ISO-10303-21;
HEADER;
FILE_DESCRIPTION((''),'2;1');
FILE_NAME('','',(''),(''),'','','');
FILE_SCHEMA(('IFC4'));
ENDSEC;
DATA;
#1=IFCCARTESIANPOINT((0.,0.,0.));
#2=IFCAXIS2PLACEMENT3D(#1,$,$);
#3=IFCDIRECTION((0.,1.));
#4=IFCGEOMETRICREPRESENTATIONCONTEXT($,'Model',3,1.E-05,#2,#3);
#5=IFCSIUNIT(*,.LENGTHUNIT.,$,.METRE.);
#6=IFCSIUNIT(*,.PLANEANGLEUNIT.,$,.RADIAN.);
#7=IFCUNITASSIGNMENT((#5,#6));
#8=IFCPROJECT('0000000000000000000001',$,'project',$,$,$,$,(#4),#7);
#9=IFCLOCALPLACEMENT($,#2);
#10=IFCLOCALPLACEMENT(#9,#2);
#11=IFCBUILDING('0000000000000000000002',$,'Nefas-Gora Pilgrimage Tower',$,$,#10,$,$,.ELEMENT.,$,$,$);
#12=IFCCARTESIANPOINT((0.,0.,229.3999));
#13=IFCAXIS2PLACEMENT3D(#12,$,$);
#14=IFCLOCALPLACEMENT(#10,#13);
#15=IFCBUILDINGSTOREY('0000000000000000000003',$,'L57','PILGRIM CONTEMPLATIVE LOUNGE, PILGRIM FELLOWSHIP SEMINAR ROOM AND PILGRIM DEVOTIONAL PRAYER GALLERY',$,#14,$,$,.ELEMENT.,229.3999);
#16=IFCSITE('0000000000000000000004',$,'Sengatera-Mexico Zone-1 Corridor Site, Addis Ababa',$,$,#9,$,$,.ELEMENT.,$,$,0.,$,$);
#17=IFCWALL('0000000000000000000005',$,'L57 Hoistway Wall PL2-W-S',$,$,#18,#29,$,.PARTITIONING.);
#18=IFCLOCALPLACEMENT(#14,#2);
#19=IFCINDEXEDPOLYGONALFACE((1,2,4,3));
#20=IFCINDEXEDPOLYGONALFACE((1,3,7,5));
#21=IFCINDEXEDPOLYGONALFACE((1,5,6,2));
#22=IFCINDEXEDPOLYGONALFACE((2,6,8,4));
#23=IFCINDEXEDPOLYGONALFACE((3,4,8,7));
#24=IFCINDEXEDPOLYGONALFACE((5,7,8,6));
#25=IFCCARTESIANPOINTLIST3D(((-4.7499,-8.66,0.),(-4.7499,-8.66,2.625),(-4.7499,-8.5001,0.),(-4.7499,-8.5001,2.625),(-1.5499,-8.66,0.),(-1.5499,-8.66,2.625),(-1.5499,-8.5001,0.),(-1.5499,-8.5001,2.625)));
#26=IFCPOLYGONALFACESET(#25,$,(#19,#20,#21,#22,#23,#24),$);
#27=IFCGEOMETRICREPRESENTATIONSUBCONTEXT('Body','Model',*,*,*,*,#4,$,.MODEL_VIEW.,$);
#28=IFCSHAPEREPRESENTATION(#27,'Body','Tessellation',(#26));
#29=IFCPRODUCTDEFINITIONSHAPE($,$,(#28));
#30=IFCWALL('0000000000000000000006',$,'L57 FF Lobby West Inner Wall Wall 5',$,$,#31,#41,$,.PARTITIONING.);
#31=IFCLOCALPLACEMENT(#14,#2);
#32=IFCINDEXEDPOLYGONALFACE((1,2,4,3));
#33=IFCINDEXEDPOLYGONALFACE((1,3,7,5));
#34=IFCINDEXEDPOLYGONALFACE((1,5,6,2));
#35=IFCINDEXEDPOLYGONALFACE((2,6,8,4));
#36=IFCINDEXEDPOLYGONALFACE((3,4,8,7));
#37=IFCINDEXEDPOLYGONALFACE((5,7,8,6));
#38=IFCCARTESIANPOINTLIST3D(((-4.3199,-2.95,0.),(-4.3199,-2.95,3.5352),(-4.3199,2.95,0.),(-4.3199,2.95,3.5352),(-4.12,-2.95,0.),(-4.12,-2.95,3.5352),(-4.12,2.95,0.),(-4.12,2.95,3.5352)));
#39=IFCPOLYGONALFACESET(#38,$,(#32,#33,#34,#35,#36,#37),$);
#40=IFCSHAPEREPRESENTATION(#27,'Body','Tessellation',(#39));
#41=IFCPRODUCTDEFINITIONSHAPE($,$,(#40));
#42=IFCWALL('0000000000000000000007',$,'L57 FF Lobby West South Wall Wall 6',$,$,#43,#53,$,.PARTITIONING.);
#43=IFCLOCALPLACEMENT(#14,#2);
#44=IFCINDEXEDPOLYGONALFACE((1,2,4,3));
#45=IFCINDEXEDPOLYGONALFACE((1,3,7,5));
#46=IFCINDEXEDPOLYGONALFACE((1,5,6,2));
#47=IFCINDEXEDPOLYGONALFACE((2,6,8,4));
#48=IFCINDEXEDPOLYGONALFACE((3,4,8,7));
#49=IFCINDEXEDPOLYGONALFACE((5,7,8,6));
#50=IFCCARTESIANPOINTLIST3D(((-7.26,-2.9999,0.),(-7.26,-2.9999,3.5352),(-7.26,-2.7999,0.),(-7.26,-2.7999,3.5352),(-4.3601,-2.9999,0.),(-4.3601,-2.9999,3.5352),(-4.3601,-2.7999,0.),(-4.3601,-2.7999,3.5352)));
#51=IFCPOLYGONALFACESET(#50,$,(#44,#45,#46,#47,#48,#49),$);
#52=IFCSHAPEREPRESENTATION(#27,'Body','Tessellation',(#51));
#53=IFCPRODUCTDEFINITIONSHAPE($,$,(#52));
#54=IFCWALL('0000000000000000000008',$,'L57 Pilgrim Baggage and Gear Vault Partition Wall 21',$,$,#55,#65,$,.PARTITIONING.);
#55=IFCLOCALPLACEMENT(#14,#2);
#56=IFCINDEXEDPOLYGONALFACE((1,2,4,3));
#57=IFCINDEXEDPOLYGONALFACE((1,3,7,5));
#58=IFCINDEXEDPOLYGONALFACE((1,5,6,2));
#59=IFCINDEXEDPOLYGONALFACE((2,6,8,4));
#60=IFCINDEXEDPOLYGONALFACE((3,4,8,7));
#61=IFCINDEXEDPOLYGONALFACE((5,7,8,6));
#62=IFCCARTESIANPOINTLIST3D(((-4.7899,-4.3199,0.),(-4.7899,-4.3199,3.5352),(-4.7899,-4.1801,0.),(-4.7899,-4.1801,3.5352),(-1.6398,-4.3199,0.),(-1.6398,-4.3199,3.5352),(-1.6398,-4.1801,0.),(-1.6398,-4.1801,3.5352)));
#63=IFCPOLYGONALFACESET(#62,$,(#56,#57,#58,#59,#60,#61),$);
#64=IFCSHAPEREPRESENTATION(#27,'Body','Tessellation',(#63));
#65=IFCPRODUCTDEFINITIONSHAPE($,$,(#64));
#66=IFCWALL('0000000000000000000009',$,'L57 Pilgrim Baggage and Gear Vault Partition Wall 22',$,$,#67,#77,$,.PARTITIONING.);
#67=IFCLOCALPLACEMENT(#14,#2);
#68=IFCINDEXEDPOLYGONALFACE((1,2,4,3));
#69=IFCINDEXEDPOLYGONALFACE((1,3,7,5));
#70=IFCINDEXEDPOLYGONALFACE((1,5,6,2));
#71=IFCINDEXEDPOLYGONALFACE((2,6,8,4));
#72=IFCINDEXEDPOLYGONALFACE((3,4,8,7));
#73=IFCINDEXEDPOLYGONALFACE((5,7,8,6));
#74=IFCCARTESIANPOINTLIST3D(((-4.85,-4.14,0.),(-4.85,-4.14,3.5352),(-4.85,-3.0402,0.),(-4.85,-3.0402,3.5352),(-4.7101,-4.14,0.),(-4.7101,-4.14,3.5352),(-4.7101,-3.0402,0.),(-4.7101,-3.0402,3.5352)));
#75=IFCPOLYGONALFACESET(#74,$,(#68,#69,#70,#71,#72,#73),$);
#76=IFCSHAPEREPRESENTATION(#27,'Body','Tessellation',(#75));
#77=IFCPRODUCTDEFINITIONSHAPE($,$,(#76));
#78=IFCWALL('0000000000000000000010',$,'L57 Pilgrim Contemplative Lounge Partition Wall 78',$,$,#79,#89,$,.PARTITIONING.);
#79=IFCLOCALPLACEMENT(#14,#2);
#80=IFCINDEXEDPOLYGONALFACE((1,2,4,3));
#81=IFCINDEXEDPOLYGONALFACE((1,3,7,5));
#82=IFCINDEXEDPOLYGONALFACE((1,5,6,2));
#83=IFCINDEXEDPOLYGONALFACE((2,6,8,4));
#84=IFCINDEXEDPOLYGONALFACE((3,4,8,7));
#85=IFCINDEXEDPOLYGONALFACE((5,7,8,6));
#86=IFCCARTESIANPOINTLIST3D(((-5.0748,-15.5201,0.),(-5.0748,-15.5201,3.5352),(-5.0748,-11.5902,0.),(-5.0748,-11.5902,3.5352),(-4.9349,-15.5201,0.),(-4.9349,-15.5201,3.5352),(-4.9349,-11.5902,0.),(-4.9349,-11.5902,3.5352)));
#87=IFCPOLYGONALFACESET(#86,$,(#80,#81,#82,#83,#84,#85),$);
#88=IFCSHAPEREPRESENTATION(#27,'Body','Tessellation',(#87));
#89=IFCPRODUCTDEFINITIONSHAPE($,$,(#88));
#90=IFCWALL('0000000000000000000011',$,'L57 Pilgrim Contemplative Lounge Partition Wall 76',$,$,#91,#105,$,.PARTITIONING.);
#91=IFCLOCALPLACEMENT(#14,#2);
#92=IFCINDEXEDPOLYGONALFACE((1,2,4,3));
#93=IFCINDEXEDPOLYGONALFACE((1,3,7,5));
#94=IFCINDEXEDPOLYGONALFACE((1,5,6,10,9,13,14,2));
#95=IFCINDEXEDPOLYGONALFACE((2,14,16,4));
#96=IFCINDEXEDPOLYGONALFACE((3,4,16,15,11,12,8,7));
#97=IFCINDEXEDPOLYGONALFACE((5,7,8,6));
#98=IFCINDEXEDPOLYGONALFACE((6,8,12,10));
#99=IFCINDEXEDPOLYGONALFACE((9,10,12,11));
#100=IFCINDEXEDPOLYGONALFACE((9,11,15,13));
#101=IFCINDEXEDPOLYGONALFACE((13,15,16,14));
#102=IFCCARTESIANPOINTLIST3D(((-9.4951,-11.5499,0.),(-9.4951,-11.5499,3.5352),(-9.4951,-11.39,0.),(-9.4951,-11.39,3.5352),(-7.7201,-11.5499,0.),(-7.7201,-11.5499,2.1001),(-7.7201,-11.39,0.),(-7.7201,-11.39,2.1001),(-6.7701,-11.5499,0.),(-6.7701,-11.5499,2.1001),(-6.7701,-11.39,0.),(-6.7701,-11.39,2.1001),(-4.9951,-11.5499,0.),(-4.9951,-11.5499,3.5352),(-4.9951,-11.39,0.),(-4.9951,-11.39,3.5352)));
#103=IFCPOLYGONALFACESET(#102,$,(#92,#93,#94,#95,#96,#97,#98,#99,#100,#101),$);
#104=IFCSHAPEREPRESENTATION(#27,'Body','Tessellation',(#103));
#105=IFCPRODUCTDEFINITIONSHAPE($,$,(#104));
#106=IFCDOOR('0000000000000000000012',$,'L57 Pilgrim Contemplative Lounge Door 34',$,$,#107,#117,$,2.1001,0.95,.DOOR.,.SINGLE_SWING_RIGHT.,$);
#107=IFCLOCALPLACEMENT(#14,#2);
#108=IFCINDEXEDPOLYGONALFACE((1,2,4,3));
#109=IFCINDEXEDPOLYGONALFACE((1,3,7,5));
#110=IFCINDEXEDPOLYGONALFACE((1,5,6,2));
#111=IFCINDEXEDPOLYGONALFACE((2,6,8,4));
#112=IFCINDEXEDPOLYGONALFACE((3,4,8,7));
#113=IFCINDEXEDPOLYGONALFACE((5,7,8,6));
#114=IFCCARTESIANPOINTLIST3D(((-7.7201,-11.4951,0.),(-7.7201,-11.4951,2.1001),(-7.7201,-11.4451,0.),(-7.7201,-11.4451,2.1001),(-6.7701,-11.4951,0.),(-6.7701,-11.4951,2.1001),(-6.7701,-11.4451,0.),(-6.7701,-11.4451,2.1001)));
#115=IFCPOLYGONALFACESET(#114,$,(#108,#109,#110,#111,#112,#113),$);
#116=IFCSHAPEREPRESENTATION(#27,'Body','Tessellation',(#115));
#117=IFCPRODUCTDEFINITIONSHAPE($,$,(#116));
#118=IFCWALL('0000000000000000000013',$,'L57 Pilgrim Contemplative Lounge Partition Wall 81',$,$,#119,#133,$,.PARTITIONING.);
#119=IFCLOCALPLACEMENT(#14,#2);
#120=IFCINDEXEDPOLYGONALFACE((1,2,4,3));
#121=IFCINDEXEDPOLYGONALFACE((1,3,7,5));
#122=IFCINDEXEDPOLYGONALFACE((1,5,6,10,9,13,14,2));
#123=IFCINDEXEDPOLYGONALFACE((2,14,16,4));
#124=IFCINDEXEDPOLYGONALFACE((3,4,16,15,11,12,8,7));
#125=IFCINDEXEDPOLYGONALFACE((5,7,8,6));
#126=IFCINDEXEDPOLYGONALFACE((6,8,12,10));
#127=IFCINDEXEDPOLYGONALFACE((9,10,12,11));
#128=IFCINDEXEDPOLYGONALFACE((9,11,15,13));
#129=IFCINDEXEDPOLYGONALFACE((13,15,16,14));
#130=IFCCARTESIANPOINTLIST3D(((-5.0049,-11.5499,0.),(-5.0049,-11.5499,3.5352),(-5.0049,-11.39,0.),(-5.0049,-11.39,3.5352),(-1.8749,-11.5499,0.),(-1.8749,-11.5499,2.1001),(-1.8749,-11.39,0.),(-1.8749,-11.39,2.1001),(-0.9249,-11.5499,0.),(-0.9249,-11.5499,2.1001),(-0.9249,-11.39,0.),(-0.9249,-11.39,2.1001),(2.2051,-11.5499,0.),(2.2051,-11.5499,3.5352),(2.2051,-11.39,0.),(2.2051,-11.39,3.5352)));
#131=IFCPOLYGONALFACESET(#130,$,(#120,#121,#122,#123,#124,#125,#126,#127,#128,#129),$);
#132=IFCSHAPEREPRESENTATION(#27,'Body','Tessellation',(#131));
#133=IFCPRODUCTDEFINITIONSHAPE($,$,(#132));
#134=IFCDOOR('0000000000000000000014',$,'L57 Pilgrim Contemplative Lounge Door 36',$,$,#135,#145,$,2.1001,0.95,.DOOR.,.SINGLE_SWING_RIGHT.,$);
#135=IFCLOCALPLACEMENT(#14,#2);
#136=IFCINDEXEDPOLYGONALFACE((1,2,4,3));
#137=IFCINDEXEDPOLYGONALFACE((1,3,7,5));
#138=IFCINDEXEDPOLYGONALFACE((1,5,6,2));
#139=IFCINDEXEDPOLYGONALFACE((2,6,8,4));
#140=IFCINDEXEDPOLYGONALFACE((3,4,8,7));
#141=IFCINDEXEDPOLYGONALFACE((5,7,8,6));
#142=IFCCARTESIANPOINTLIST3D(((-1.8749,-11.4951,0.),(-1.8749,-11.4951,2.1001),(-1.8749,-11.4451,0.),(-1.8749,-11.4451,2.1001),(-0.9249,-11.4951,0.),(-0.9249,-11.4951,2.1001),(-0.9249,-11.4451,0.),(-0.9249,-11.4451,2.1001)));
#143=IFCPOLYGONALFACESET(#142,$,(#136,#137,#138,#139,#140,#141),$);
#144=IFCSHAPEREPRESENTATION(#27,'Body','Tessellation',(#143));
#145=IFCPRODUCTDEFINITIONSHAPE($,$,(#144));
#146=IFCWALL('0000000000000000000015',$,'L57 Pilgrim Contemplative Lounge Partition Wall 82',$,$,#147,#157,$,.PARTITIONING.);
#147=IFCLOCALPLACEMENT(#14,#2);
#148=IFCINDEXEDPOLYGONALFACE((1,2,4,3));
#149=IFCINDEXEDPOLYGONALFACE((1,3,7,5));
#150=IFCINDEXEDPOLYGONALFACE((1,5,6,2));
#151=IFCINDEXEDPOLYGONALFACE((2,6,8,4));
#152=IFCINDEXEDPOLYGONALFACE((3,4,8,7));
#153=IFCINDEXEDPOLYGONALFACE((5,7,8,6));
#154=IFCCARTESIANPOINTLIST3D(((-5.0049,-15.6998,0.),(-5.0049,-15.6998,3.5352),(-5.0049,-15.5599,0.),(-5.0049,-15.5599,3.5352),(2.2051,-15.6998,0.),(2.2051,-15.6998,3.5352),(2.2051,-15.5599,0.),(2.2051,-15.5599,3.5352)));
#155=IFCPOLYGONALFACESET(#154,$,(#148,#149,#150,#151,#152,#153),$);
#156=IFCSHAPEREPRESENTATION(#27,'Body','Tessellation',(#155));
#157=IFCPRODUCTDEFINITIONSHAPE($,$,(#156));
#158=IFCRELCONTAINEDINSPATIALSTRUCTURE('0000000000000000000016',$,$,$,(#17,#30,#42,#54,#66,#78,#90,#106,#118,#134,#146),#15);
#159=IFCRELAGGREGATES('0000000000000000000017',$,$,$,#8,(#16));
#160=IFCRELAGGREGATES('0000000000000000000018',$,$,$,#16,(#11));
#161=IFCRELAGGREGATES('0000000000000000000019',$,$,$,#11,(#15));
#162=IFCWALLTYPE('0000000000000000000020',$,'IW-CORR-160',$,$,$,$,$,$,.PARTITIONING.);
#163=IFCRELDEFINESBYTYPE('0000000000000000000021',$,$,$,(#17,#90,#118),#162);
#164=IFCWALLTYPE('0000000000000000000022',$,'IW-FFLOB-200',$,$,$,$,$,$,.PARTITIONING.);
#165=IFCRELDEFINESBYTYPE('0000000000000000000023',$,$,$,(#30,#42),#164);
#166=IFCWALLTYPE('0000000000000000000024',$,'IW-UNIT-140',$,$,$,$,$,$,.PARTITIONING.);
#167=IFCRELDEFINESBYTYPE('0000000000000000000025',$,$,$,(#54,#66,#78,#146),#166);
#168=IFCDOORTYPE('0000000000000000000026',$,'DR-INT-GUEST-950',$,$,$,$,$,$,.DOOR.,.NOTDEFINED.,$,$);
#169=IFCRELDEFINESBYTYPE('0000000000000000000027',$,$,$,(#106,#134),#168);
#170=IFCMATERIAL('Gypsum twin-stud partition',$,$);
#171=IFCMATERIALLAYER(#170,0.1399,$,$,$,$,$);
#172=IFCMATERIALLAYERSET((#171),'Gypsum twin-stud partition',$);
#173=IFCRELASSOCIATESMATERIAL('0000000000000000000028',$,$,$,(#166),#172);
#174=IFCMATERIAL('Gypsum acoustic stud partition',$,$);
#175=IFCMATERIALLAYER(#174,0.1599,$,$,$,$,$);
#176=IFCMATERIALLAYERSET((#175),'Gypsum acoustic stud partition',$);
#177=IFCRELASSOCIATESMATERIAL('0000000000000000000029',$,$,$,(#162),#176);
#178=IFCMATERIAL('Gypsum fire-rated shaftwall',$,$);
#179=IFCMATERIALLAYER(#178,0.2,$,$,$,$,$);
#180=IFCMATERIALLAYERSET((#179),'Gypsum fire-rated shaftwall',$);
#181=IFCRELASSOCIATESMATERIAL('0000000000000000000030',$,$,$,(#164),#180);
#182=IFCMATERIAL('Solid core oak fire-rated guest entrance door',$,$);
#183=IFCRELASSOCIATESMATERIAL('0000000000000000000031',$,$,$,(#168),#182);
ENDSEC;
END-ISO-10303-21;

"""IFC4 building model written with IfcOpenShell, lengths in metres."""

from ifc_helpers import new_model, si_unit, direction, frame, frame_2d, origin, place, context, subcontext, project, spatial, rectangle, extrude, source, transform, mapped, material, layer, layer_set, type_object, element, fill, save


model = new_model("IFC4")

# Units and contexts
model_context = context("Model", 3, precision=1e-05, world=origin(), true_north=direction((0.0, 1.0)))
body_context = subcontext(model_context, "Body", "Model", "MODEL_VIEW")
ifc_project = project(units=[si_unit("LENGTHUNIT", "METRE"), si_unit("PLANEANGLEUNIT", "RADIAN")], contexts=[model_context])

# Site, building, storey
site_placement = place(None, origin())
site = spatial("IfcSite", under=ifc_project, at=site_placement, Name="Sengatera-Mexico Zone-1 Corridor Site, Addis Ababa", CompositionType="ELEMENT", RefElevation=0.0)
building_placement = place(site_placement, origin())
building = spatial("IfcBuilding", under=site, at=building_placement, Name="Nefas-Gora Pilgrimage Tower", CompositionType="ELEMENT")
storey_placement = place(building_placement, frame((0.0, 0.0, 229.3999)))
storey = spatial("IfcBuildingStorey", under=building, at=storey_placement, Name="L57", Description="PILGRIM CONTEMPLATIVE LOUNGE, PILGRIM FELLOWSHIP SEMINAR ROOM AND PILGRIM DEVOTIONAL PRAYER GALLERY", CompositionType="ELEMENT", Elevation=229.3999)

# Walls
ifc_material_1 = material(Name="Gypsum twin-stud partition")
ifc_layer_1 = layer(ifc_material_1, 0.1399)
ifc_layer_set_1 = layer_set([ifc_layer_1], Name="Gypsum twin-stud partition")
wall_type_1 = type_object("IfcWallType", Name="IW-UNIT-140", PredefinedType="PARTITIONING", material=ifc_layer_set_1)
ifc_material_2 = material(Name="Gypsum acoustic stud partition")
ifc_layer_2 = layer(ifc_material_2, 0.1599)
ifc_layer_set_2 = layer_set([ifc_layer_2], Name="Gypsum acoustic stud partition")
wall_type_2 = type_object("IfcWallType", Name="IW-CORR-160", PredefinedType="PARTITIONING", material=ifc_layer_set_2)
shared_shape_1 = source(origin(), body_context, "Body", "SweptSolid", [
    extrude(rectangle(XDim=3.2, YDim=0.1599, at=frame_2d((1.6001, 0.0))), origin(), (0.0, 0.0, 1.0), 2.625),
])
wall_1_placement = place(storey_placement, frame((-4.75, -8.5801, 0.0), z_axis=(0.0, 0.0, 1.0), x_axis=(1.0, 0.0, 0.0)))
element("IfcWall", 1, at=wall_1_placement, inside=storey, type_object=wall_type_2, Name="L57 Hoistway Wall PL2-W-S", PredefinedType="PARTITIONING", context=body_context, shape_type="MappedRepresentation", body=[
    mapped(shared_shape_1, transform((0.0, 0.0, 0.0), x_axis=(1.0, 0.0, 0.0), y_axis=(0.0, 1.0, 0.0), z_axis=(0.0, 0.0, 1.0), scale=1.0)),
])
ifc_material_3 = material(Name="Gypsum fire-rated shaftwall")
ifc_layer_3 = layer(ifc_material_3, 0.2)
ifc_layer_set_3 = layer_set([ifc_layer_3], Name="Gypsum fire-rated shaftwall")
wall_type_3 = type_object("IfcWallType", Name="IW-FFLOB-200", PredefinedType="PARTITIONING", material=ifc_layer_set_3)
shared_shape_2 = source(origin(), body_context, "Body", "SweptSolid", [
    extrude(rectangle(XDim=5.8999, YDim=0.2, at=frame_2d((2.95, 0.0))), origin(), (0.0, 0.0, 1.0), 3.5352),
])
wall_2_placement = place(storey_placement, frame((-4.22, -2.95, 0.0), z_axis=(0.0, 0.0, 1.0), x_axis=(0.0, 1.0, 0.0)))
element("IfcWall", 2, at=wall_2_placement, inside=storey, type_object=wall_type_3, Name="L57 FF Lobby West Inner Wall Wall 5", PredefinedType="PARTITIONING", context=body_context, shape_type="MappedRepresentation", body=[
    mapped(shared_shape_2, transform((0.0, 0.0, 0.0), x_axis=(1.0, 0.0, 0.0), y_axis=(0.0, 1.0, 0.0), z_axis=(0.0, 0.0, 1.0), scale=1.0)),
])
shared_shape_3 = source(origin(), body_context, "Body", "SweptSolid", [
    extrude(rectangle(XDim=2.8999, YDim=0.2, at=frame_2d((1.45, 0.0))), origin(), (0.0, 0.0, 1.0), 3.5352),
])
wall_3_placement = place(storey_placement, frame((-7.26, -2.8999, 0.0), z_axis=(0.0, 0.0, 1.0), x_axis=(1.0, 0.0, 0.0)))
element("IfcWall", 3, at=wall_3_placement, inside=storey, type_object=wall_type_3, Name="L57 FF Lobby West South Wall Wall 6", PredefinedType="PARTITIONING", context=body_context, shape_type="MappedRepresentation", body=[
    mapped(shared_shape_3, transform((0.0, 0.0, 0.0), x_axis=(1.0, 0.0, 0.0), y_axis=(0.0, 1.0, 0.0), z_axis=(0.0, 0.0, 1.0), scale=1.0)),
])
shared_shape_4 = source(origin(), body_context, "Body", "SweptSolid", [
    extrude(rectangle(XDim=3.1501, YDim=0.1399, at=frame_2d((1.5752, 0.0))), origin(), (0.0, 0.0, 1.0), 3.5352),
])
wall_4_placement = place(storey_placement, frame((-4.79, -4.25, 0.0), z_axis=(0.0, 0.0, 1.0), x_axis=(1.0, 0.0, 0.0)))
element("IfcWall", 4, at=wall_4_placement, inside=storey, type_object=wall_type_1, Name="L57 Pilgrim Baggage and Gear Vault Partition Wall 21", PredefinedType="PARTITIONING", context=body_context, shape_type="MappedRepresentation", body=[
    mapped(shared_shape_4, transform((0.0, 0.0, 0.0), x_axis=(1.0, 0.0, 0.0), y_axis=(0.0, 1.0, 0.0), z_axis=(0.0, 0.0, 1.0), scale=1.0)),
])
shared_shape_5 = source(origin(), body_context, "Body", "SweptSolid", [
    extrude(rectangle(XDim=1.0999, YDim=0.1399, at=frame_2d((0.5498, 0.0))), origin(), (0.0, 0.0, 1.0), 3.5352),
])
wall_5_placement = place(storey_placement, frame((-4.78, -4.1399, 0.0), z_axis=(0.0, 0.0, 1.0), x_axis=(0.0, 1.0, 0.0)))
element("IfcWall", 5, at=wall_5_placement, inside=storey, type_object=wall_type_1, Name="L57 Pilgrim Baggage and Gear Vault Partition Wall 22", PredefinedType="PARTITIONING", context=body_context, shape_type="MappedRepresentation", body=[
    mapped(shared_shape_5, transform((0.0, 0.0, 0.0), x_axis=(1.0, 0.0, 0.0), y_axis=(0.0, 1.0, 0.0), z_axis=(0.0, 0.0, 1.0), scale=1.0)),
])
shared_shape_6 = source(origin(), body_context, "Body", "SweptSolid", [
    extrude(rectangle(XDim=3.9299, YDim=0.1399, at=frame_2d((1.9648, 0.0))), origin(), (0.0, 0.0, 1.0), 3.5352),
])
wall_6_placement = place(storey_placement, frame((-5.0049, -15.52, 0.0), z_axis=(0.0, 0.0, 1.0), x_axis=(0.0, 1.0, 0.0)))
element("IfcWall", 6, at=wall_6_placement, inside=storey, type_object=wall_type_1, Name="L57 Pilgrim Contemplative Lounge Partition Wall 78", PredefinedType="PARTITIONING", context=body_context, shape_type="MappedRepresentation", body=[
    mapped(shared_shape_6, transform((0.0, 0.0, 0.0), x_axis=(1.0, 0.0, 0.0), y_axis=(0.0, 1.0, 0.0), z_axis=(0.0, 0.0, 1.0), scale=1.0)),
])

# Walls, openings, doors
shared_shape_7 = source(origin(), body_context, "Body", "SweptSolid", [
    extrude(rectangle(XDim=4.5, YDim=0.1599, at=frame_2d((2.25, 0.0))), origin(), (0.0, 0.0, 1.0), 3.5352),
])
wall_7_placement = place(storey_placement, frame((-9.4951, -11.47, 0.0), z_axis=(0.0, 0.0, 1.0), x_axis=(1.0, 0.0, 0.0)))
wall_7 = element("IfcWall", 7, at=wall_7_placement, inside=storey, type_object=wall_type_2, Name="L57 Pilgrim Contemplative Lounge Partition Wall 76", PredefinedType="PARTITIONING", context=body_context, shape_type="MappedRepresentation", body=[
    mapped(shared_shape_7, transform((0.0, 0.0, 0.0), x_axis=(1.0, 0.0, 0.0), y_axis=(0.0, 1.0, 0.0), z_axis=(0.0, 0.0, 1.0), scale=1.0)),
])
opening_1_placement = place(wall_7_placement, frame((1.7749, 0.0, 0.0)))
opening_1 = element("IfcOpeningElement", 8, at=opening_1_placement, cuts=wall_7, PredefinedType="OPENING", context=body_context, shape_type="SweptSolid", body=[
    extrude(rectangle(XDim=0.95, YDim=2.1001, at=frame_2d((0.4751, 1.05))), frame((0.0, 0.0898, 0.0), z_axis=(0.0, -1.0, 0.0), x_axis=(1.0, 0.0, 0.0)), (0.0, 0.0, 1.0), 0.1799),
])
ifc_material_4 = material(Name="Solid core oak fire-rated guest entrance door")
door_type_1 = type_object("IfcDoorType", Name="DR-INT-GUEST-950", OperationType="NOTDEFINED", PredefinedType="DOOR", material=ifc_material_4)
shared_shape_8 = source(origin(), body_context, "Body", "SweptSolid", [
    extrude(rectangle(XDim=0.95, YDim=2.1001, at=frame_2d((0.4751, 1.05))), frame((0.0, 0.0249, 0.0), z_axis=(0.0, -1.0, 0.0), x_axis=(1.0, 0.0, 0.0)), (0.0, 0.0, 1.0), 0.05),
])
door_1_placement = place(opening_1_placement, origin())
door_1 = element("IfcDoor", 9, at=door_1_placement, inside=storey, type_object=door_type_1, Name="L57 Pilgrim Contemplative Lounge Door 34", OperationType="SINGLE_SWING_RIGHT", OverallHeight=2.1001, OverallWidth=0.95, PredefinedType="DOOR", context=body_context, shape_type="MappedRepresentation", body=[
    mapped(shared_shape_8, transform((0.0, 0.0, 0.0), x_axis=(1.0, 0.0, 0.0), y_axis=(0.0, 1.0, 0.0), z_axis=(0.0, 0.0, 1.0), scale=1.0)),
])
fill(opening_1, door_1)
shared_shape_9 = source(origin(), body_context, "Body", "SweptSolid", [
    extrude(rectangle(XDim=7.21, YDim=0.1599, at=frame_2d((3.605, 0.0))), origin(), (0.0, 0.0, 1.0), 3.5352),
])
wall_8_placement = place(storey_placement, frame((-5.0049, -11.47, 0.0), z_axis=(0.0, 0.0, 1.0), x_axis=(1.0, 0.0, 0.0)))
wall_8 = element("IfcWall", 10, at=wall_8_placement, inside=storey, type_object=wall_type_2, Name="L57 Pilgrim Contemplative Lounge Partition Wall 81", PredefinedType="PARTITIONING", context=body_context, shape_type="MappedRepresentation", body=[
    mapped(shared_shape_9, transform((0.0, 0.0, 0.0), x_axis=(1.0, 0.0, 0.0), y_axis=(0.0, 1.0, 0.0), z_axis=(0.0, 0.0, 1.0), scale=1.0)),
])
opening_2_placement = place(wall_8_placement, frame((3.1299, 0.0, 0.0)))
opening_2 = element("IfcOpeningElement", 11, at=opening_2_placement, cuts=wall_8, PredefinedType="OPENING", context=body_context, shape_type="SweptSolid", body=[
    extrude(rectangle(XDim=0.95, YDim=2.1001, at=frame_2d((0.4751, 1.05))), frame((0.0, 0.0898, 0.0), z_axis=(0.0, -1.0, 0.0), x_axis=(1.0, 0.0, 0.0)), (0.0, 0.0, 1.0), 0.1799),
])
door_2_placement = place(opening_2_placement, origin())
door_2 = element("IfcDoor", 12, at=door_2_placement, inside=storey, type_object=door_type_1, Name="L57 Pilgrim Contemplative Lounge Door 36", OperationType="SINGLE_SWING_RIGHT", OverallHeight=2.1001, OverallWidth=0.95, PredefinedType="DOOR", context=body_context, shape_type="MappedRepresentation", body=[
    mapped(shared_shape_8, transform((0.0, 0.0, 0.0), x_axis=(1.0, 0.0, 0.0), y_axis=(0.0, 1.0, 0.0), z_axis=(0.0, 0.0, 1.0), scale=1.0)),
])
fill(opening_2, door_2)

# Wall
shared_shape_10 = source(origin(), body_context, "Body", "SweptSolid", [
    extrude(rectangle(XDim=7.21, YDim=0.1399, at=frame_2d((3.605, 0.0))), origin(), (0.0, 0.0, 1.0), 3.5352),
])
wall_9_placement = place(storey_placement, frame((-5.0049, -15.6299, 0.0), z_axis=(0.0, 0.0, 1.0), x_axis=(1.0, 0.0, 0.0)))
element("IfcWall", 13, at=wall_9_placement, inside=storey, type_object=wall_type_1, Name="L57 Pilgrim Contemplative Lounge Partition Wall 82", PredefinedType="PARTITIONING", context=body_context, shape_type="MappedRepresentation", body=[
    mapped(shared_shape_10, transform((0.0, 0.0, 0.0), x_axis=(1.0, 0.0, 0.0), y_axis=(0.0, 1.0, 0.0), z_axis=(0.0, 0.0, 1.0), scale=1.0)),
])

save(model, "model.ifc")
